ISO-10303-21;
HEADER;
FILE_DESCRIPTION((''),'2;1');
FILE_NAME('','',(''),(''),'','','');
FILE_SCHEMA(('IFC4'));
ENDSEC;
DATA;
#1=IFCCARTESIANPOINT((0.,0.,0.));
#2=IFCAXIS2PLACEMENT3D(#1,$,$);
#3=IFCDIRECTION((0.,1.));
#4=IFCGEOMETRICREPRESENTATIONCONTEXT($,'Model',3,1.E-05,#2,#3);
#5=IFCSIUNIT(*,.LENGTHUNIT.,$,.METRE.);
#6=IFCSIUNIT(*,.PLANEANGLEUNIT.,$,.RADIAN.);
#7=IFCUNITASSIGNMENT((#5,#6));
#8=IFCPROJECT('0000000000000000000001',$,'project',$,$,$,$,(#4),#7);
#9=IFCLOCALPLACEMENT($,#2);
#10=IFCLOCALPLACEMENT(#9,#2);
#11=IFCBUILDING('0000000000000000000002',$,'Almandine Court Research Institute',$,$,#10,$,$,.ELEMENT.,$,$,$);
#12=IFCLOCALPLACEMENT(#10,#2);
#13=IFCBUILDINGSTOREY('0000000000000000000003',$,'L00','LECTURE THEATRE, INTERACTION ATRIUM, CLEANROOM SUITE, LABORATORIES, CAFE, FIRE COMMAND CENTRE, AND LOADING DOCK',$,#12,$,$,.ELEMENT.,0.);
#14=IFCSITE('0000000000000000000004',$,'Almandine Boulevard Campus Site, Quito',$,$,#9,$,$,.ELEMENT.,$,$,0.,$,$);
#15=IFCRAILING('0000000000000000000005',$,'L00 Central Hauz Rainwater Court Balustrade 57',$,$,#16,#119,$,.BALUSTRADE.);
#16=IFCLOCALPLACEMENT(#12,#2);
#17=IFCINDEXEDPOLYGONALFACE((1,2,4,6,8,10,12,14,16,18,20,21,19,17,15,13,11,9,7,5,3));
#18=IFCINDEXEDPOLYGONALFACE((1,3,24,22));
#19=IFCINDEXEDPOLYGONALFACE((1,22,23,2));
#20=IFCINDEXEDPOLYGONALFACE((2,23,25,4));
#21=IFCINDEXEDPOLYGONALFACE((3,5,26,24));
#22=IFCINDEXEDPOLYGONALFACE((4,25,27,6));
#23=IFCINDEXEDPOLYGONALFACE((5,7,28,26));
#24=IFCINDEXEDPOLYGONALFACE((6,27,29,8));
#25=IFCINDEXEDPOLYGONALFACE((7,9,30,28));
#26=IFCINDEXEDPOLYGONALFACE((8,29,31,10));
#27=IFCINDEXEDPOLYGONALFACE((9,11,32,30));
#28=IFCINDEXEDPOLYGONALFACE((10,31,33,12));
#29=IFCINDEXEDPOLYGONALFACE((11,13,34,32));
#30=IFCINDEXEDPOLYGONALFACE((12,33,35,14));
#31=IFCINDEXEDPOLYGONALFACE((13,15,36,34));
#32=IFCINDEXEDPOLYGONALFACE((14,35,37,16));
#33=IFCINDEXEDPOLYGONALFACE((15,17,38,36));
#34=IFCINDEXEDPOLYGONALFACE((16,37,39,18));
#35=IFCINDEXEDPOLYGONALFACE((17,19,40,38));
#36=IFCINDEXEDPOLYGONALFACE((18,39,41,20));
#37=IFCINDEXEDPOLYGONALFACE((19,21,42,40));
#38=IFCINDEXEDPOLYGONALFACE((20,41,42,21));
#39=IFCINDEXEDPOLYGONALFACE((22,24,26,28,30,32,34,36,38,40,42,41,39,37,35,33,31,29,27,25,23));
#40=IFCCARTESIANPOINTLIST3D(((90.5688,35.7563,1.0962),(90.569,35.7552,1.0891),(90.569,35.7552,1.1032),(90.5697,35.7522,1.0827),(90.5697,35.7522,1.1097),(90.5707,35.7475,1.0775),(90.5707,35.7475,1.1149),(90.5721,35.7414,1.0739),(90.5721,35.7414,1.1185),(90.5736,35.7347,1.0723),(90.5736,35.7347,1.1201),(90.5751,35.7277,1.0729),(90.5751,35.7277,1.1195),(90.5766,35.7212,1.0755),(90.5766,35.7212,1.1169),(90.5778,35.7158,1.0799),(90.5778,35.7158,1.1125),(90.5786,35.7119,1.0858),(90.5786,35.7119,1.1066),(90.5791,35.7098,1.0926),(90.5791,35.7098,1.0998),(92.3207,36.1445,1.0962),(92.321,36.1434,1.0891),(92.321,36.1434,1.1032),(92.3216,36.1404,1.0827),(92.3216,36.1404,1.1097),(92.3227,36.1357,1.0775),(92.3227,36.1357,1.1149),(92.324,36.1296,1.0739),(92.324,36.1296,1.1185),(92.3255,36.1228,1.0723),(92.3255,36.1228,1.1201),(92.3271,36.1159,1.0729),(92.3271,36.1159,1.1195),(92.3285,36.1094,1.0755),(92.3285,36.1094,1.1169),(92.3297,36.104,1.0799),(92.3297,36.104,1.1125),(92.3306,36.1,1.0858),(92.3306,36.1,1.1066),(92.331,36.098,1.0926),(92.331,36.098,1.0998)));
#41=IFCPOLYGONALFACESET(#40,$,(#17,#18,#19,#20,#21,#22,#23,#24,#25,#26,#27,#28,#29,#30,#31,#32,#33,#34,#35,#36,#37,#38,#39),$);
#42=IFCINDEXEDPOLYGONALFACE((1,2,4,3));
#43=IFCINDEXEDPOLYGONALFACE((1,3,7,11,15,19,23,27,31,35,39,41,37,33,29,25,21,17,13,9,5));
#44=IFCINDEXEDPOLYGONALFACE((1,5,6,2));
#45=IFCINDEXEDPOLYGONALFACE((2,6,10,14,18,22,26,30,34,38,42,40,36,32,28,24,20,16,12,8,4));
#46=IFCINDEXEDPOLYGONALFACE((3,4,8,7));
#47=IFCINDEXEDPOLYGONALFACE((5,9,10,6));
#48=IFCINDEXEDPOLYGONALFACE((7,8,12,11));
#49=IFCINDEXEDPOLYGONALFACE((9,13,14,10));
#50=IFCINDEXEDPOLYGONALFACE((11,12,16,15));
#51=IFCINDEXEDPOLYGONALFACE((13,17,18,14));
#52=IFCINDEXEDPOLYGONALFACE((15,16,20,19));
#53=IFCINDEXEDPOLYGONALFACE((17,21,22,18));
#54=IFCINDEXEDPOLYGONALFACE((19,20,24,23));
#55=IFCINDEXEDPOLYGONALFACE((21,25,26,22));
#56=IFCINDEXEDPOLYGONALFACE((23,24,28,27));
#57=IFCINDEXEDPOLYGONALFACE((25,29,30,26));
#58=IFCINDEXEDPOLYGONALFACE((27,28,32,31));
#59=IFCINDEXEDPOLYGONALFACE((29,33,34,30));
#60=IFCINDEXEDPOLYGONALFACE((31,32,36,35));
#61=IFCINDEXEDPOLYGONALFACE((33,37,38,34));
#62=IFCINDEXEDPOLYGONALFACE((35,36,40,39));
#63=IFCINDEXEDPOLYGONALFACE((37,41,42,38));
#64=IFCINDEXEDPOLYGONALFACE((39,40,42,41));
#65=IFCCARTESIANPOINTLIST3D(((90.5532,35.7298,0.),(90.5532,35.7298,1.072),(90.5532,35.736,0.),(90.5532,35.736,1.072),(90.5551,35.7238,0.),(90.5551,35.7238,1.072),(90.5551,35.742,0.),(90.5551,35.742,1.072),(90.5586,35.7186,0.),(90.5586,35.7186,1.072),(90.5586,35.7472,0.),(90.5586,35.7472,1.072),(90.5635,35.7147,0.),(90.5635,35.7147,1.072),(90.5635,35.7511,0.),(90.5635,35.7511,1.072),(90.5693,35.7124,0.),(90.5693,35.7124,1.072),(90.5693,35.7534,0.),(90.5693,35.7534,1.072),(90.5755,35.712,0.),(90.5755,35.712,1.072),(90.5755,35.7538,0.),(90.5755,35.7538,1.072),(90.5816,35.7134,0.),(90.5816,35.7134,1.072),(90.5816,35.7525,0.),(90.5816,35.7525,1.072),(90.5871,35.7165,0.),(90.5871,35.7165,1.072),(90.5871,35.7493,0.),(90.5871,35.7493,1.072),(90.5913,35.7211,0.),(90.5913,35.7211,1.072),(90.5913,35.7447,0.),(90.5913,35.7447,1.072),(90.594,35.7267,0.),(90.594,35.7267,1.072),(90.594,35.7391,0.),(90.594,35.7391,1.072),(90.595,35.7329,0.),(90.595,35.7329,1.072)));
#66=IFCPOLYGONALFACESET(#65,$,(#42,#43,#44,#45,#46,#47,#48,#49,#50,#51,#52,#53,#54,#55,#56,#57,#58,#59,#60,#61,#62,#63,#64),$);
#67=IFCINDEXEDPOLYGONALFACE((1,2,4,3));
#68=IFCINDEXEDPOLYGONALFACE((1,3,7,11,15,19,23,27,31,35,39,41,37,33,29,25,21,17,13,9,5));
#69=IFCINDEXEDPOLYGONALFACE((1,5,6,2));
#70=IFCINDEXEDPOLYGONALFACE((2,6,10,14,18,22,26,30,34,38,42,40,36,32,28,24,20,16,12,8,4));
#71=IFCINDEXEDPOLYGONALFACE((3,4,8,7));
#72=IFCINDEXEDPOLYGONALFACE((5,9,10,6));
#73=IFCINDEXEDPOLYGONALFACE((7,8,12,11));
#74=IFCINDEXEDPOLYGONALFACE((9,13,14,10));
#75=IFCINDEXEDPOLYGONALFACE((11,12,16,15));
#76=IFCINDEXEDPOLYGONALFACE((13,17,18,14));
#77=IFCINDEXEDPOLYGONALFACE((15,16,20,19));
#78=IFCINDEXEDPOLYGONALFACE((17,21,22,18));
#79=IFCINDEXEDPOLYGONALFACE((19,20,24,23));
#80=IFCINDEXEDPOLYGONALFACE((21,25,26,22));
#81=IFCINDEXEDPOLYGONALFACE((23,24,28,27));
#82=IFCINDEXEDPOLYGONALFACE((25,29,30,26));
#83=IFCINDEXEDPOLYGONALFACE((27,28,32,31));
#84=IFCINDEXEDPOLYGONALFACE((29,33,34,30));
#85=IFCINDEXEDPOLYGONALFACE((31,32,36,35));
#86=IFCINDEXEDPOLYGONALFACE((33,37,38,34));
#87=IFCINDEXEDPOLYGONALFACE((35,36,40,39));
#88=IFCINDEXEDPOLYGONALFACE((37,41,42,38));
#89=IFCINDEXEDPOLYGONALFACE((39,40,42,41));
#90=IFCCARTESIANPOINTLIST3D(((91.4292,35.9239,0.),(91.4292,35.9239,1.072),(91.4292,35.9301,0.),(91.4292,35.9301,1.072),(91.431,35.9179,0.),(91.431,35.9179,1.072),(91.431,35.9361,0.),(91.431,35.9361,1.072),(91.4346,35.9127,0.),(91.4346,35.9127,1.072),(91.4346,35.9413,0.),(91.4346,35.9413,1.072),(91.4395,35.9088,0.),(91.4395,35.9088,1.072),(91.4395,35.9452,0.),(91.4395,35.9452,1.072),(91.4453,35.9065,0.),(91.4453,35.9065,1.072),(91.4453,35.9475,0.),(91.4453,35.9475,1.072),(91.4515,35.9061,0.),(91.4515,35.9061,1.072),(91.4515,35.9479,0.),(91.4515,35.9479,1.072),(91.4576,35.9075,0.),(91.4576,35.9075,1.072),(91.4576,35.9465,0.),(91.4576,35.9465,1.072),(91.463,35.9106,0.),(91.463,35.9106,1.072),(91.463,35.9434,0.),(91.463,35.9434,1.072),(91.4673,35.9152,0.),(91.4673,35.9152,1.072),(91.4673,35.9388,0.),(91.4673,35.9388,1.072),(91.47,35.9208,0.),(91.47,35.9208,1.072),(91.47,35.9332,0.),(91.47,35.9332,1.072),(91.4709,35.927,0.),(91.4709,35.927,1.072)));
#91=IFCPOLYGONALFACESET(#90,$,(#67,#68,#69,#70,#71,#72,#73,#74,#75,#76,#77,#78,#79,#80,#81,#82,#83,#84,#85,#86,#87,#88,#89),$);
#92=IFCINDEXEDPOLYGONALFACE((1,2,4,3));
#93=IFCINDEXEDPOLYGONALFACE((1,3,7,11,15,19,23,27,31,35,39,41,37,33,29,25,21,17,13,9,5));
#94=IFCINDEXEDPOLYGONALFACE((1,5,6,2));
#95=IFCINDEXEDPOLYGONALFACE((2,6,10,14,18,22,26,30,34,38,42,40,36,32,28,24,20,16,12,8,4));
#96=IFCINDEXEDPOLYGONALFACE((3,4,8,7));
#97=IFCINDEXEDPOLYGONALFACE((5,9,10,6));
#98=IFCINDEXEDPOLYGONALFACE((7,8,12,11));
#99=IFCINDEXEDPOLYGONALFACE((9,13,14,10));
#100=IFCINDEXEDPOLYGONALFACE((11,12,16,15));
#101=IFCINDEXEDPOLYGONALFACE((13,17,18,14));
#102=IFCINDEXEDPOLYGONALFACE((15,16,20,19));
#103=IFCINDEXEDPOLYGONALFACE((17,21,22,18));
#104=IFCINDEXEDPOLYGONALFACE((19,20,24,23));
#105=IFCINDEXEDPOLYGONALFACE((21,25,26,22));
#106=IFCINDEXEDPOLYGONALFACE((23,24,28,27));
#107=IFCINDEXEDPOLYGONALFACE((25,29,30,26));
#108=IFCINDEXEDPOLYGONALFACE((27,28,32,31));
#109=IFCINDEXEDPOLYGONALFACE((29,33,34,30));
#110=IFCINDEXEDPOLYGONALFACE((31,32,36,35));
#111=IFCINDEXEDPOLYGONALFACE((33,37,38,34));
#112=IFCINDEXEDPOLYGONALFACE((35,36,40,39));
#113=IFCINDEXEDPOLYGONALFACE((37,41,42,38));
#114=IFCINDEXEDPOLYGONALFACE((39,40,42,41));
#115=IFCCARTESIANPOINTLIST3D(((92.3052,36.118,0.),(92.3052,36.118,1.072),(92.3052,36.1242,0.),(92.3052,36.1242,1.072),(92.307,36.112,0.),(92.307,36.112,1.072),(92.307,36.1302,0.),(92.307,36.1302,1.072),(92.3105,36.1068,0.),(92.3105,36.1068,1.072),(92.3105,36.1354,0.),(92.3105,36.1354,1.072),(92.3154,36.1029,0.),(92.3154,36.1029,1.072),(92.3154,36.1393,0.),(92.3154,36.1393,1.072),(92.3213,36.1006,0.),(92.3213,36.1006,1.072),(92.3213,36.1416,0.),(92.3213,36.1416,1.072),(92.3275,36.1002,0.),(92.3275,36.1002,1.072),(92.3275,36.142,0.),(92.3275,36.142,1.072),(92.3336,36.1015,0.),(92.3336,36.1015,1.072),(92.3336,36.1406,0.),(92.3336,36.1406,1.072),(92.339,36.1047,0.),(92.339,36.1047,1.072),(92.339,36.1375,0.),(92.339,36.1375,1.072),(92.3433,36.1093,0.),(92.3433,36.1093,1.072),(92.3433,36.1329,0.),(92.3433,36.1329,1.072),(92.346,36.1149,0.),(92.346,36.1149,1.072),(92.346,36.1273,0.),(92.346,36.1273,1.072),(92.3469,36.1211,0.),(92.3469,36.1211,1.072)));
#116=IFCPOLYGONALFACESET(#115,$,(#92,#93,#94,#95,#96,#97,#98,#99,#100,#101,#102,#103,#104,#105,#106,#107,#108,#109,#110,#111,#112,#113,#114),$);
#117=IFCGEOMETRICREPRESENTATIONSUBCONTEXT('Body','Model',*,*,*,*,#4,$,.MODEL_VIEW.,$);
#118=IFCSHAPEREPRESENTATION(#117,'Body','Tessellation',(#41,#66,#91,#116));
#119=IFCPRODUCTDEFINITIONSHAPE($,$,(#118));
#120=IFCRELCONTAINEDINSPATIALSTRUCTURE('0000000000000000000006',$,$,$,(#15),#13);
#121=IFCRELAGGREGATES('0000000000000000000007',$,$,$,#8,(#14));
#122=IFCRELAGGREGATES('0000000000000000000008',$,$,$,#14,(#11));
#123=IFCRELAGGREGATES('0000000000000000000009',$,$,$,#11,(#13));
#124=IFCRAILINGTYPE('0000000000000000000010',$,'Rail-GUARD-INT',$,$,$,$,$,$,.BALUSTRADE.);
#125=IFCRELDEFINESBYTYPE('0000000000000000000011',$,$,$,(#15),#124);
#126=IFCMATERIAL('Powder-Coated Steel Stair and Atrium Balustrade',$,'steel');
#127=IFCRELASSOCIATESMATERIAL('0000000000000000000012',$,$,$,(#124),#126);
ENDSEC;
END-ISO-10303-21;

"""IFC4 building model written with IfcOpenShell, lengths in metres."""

from ifc_helpers import new_model, si_unit, direction, frame, origin, origin_2d, place, context, subcontext, project, spatial, circle, extrude, material, type_object, element, save


model = new_model("IFC4")

# Units and contexts
model_context = context("Model", 3, precision=1e-05, world=origin(), true_north=direction((0.0, 1.0)))
body_context = subcontext(model_context, "Body", "Model", "MODEL_VIEW")
ifc_project = project(units=[si_unit("LENGTHUNIT", "METRE"), si_unit("PLANEANGLEUNIT", "RADIAN")], contexts=[model_context])

# Site, building, storey
site_placement = place(None, origin())
site = spatial("IfcSite", under=ifc_project, at=site_placement, Name="Almandine Boulevard Campus Site, Quito", CompositionType="ELEMENT", RefElevation=0.0)
building_placement = place(site_placement, origin())
building = spatial("IfcBuilding", under=site, at=building_placement, Name="Almandine Court Research Institute", CompositionType="ELEMENT")
storey_placement = place(building_placement, origin())
storey = spatial("IfcBuildingStorey", under=building, at=storey_placement, Name="L00", Description="LECTURE THEATRE, INTERACTION ATRIUM, CLEANROOM SUITE, LABORATORIES, CAFE, FIRE COMMAND CENTRE, AND LOADING DOCK", CompositionType="ELEMENT", Elevation=0.0)

# Railing
ifc_material_1 = material(Name="Powder-Coated Steel Stair and Atrium Balustrade", Category="steel")
railing_type = type_object("IfcRailingType", Name="Rail-GUARD-INT", PredefinedType="BALUSTRADE", material=ifc_material_1)
railing_1_placement = place(storey_placement, frame((90.574, 35.7329, 0.0)))
element("IfcRailing", 1, at=railing_1_placement, inside=storey, type_object=railing_type, Name="L00 Central Hauz Rainwater Court Balustrade 57", PredefinedType="BALUSTRADE", context=body_context, shape_type="SweptSolid", body=[
    extrude(circle(Radius=0.0239, at=origin_2d()), frame((0.0, 0.0, 1.0962), z_axis=(0.976321, 0.216325, 0.0), x_axis=(-0.216325, 0.976321, 0.0)), (0.0, 0.0, 1.0), 1.7944),
    extrude(circle(Radius=0.021, at=origin_2d()), origin(), (0.0, 0.0, 1.0), 1.072),
    extrude(circle(Radius=0.021, at=origin_2d()), frame((0.876, 0.1941, 0.0)), (0.0, 0.0, 1.0), 1.072),
    extrude(circle(Radius=0.021, at=origin_2d()), frame((1.752, 0.3882, 0.0)), (0.0, 0.0, 1.0), 1.072),
])

save(model, "model.ifc")
